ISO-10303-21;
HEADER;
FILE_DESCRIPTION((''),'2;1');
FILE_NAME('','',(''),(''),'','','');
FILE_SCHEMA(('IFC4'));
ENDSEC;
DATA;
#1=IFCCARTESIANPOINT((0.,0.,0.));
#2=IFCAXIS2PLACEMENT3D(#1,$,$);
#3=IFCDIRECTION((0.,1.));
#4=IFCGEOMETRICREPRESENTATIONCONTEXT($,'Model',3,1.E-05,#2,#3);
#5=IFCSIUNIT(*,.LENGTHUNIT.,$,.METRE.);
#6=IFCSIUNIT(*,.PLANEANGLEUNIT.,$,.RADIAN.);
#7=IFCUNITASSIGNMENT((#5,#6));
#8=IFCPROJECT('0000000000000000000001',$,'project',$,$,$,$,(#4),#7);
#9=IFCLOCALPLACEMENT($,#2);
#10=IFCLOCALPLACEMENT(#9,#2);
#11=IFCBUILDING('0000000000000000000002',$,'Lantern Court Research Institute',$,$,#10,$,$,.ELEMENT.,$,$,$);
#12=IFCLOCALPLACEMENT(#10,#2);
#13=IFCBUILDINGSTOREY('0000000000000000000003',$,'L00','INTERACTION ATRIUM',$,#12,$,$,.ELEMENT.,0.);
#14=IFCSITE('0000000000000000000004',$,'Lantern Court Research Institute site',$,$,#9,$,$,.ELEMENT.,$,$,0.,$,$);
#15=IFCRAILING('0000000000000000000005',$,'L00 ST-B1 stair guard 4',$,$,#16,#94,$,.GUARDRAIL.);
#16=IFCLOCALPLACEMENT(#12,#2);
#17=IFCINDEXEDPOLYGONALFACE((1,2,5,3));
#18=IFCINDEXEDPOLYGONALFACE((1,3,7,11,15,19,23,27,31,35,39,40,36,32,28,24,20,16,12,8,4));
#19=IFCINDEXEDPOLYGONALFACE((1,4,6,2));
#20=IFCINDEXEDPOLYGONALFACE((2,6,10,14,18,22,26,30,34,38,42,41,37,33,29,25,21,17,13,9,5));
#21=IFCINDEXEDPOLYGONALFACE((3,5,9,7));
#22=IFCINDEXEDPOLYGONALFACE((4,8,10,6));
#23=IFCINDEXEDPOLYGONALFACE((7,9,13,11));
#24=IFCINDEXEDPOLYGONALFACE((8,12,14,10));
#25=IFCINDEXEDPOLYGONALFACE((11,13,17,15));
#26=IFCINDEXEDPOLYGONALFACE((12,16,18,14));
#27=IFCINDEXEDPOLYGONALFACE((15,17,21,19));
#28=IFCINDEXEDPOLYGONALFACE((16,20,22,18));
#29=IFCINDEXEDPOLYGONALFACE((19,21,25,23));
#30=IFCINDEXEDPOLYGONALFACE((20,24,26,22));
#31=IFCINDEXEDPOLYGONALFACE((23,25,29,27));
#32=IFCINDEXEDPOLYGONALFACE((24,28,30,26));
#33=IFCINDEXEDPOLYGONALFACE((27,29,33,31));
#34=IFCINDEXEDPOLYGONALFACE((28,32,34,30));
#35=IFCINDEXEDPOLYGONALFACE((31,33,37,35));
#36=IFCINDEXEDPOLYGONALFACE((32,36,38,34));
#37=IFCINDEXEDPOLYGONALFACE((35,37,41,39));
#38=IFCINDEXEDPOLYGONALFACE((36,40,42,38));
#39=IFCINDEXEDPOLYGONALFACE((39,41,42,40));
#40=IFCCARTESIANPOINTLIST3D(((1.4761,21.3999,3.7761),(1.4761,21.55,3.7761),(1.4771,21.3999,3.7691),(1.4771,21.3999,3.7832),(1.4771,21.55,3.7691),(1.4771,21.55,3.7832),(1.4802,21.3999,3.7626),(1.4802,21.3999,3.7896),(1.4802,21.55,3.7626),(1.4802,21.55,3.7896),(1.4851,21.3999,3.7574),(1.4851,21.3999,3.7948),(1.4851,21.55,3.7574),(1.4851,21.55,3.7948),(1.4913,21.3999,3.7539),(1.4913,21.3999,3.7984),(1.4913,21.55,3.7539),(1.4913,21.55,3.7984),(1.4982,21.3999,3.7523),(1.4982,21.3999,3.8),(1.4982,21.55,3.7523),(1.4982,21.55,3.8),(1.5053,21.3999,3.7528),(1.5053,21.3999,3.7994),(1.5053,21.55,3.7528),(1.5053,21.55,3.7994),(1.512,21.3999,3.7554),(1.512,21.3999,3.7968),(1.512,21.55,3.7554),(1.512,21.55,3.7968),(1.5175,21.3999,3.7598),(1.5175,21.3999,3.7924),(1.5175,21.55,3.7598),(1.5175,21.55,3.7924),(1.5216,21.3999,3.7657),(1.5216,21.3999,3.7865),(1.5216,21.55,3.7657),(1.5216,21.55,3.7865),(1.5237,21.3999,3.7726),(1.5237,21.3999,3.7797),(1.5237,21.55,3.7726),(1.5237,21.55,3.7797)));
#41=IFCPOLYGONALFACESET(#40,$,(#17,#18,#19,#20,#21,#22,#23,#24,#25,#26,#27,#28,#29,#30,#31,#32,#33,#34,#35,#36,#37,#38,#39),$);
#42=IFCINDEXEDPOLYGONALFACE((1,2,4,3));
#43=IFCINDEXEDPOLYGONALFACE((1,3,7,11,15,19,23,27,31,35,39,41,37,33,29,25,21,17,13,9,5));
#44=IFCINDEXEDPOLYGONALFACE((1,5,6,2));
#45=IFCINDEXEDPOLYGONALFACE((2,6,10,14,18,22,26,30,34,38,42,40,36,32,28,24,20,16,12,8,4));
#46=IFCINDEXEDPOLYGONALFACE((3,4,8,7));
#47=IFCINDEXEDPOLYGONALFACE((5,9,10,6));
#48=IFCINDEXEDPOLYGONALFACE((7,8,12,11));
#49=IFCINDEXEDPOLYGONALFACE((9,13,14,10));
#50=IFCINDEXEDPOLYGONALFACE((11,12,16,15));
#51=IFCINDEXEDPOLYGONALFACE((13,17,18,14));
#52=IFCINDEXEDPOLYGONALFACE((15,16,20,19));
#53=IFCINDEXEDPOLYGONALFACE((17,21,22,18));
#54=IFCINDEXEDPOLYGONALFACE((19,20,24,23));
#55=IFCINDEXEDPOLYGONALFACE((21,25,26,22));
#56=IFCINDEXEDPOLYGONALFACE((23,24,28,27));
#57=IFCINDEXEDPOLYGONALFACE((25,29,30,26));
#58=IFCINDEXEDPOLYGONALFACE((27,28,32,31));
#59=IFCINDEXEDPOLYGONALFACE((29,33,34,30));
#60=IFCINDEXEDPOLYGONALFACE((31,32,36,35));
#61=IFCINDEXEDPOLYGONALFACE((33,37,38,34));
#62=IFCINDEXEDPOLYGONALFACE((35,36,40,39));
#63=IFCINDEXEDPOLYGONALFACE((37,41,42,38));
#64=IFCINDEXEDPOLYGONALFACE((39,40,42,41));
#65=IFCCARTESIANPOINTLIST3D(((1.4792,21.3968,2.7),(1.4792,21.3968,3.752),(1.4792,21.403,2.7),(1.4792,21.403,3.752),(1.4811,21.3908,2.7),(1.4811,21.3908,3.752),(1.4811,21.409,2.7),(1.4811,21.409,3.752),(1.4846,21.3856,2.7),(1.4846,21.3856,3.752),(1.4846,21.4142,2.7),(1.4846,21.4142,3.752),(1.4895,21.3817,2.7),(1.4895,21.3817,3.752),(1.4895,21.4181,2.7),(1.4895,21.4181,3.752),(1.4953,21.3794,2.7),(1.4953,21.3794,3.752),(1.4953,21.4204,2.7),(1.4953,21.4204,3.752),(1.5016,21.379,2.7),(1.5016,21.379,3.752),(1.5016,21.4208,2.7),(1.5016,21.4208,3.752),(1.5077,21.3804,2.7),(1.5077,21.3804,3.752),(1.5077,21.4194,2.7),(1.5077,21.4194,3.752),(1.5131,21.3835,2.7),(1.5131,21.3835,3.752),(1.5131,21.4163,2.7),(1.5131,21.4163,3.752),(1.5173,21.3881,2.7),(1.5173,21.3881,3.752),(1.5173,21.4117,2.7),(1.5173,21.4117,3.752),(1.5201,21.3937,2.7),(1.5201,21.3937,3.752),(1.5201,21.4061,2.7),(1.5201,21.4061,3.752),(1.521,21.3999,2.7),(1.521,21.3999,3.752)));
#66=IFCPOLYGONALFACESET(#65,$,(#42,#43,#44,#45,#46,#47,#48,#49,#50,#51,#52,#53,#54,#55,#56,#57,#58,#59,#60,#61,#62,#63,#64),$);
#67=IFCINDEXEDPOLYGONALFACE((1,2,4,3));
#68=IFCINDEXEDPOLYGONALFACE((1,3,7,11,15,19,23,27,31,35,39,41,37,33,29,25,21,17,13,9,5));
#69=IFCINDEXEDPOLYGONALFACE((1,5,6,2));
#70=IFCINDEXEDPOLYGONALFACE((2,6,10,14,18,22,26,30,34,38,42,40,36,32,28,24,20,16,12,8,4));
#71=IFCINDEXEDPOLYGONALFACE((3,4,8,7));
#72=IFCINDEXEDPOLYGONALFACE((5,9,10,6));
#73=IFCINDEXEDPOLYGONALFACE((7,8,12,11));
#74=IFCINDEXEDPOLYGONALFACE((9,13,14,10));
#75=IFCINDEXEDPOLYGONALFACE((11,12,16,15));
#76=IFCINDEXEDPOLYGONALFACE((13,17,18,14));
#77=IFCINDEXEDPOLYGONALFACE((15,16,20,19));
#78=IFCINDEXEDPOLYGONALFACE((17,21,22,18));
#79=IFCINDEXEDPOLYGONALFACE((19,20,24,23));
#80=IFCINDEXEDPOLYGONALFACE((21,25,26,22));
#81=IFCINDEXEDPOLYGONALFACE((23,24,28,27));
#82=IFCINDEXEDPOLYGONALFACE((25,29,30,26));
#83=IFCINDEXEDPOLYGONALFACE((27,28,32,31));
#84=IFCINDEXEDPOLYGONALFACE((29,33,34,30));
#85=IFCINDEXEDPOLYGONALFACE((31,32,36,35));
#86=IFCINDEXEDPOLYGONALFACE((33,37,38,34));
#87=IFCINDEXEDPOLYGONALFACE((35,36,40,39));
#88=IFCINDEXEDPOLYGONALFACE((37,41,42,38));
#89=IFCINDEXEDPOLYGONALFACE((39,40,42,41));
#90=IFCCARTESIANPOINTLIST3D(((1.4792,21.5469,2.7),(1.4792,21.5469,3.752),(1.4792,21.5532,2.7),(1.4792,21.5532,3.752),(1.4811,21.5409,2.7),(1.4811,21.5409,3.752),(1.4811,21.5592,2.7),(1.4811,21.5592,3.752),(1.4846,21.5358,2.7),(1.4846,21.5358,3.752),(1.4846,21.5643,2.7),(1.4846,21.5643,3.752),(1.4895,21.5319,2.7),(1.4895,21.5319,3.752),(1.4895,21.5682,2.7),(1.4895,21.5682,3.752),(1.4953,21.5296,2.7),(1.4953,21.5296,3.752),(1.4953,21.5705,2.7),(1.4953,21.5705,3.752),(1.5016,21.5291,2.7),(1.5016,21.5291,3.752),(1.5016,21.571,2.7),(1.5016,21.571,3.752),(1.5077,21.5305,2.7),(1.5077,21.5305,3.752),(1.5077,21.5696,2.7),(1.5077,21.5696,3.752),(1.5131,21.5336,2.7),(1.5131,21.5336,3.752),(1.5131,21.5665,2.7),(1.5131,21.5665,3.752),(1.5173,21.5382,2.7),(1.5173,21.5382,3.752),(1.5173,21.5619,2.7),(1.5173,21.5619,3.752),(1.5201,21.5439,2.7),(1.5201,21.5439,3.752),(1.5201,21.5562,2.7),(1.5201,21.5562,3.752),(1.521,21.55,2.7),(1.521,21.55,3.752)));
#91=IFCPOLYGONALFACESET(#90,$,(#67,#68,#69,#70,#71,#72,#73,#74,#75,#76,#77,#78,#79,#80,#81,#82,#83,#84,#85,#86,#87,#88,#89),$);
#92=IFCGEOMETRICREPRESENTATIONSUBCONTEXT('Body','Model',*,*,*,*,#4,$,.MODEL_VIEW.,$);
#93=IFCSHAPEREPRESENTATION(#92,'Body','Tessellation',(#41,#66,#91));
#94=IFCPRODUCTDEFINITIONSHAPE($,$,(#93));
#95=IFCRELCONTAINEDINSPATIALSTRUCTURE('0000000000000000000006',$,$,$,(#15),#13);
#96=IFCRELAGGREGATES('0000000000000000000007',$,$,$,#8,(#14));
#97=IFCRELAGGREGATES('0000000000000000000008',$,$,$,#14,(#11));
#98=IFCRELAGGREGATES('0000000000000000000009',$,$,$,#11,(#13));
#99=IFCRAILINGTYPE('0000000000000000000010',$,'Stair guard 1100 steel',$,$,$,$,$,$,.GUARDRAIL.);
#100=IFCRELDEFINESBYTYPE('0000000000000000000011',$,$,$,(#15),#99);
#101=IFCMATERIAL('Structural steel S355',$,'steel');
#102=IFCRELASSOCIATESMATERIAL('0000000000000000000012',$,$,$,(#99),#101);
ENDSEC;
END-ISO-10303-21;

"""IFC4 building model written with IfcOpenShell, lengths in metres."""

from ifc_helpers import new_model, si_unit, direction, frame, origin, origin_2d, place, context, subcontext, project, spatial, circle, extrude, material, type_object, element, save


model = new_model("IFC4")

# Units and contexts
model_context = context("Model", 3, precision=1e-05, world=origin(), true_north=direction((0.0, 1.0)))
body_context = subcontext(model_context, "Body", "Model", "MODEL_VIEW")
ifc_project = project(units=[si_unit("LENGTHUNIT", "METRE"), si_unit("PLANEANGLEUNIT", "RADIAN")], contexts=[model_context])

# Site, building, storey
site_placement = place(None, origin())
site = spatial("IfcSite", under=ifc_project, at=site_placement, Name="Lantern Court Research Institute site", CompositionType="ELEMENT", RefElevation=0.0)
building_placement = place(site_placement, origin())
building = spatial("IfcBuilding", under=site, at=building_placement, Name="Lantern Court Research Institute", CompositionType="ELEMENT")
storey_placement = place(building_placement, origin())
storey = spatial("IfcBuildingStorey", under=building, at=storey_placement, Name="L00", Description="INTERACTION ATRIUM", CompositionType="ELEMENT", Elevation=0.0)

# Railing
ifc_material_1 = material(Name="Structural steel S355", Category="steel")
railing_type_1 = type_object("IfcRailingType", Name="Stair guard 1100 steel", PredefinedType="GUARDRAIL", material=ifc_material_1)
railing_1_placement = place(storey_placement, frame((1.5, 21.3999, 2.7)))
element("IfcRailing", 1, at=railing_1_placement, inside=storey, type_object=railing_type_1, Name="L00 ST-B1 stair guard 4", PredefinedType="GUARDRAIL", context=body_context, shape_type="SweptSolid", body=[
    extrude(circle(Radius=0.0239, at=origin_2d()), frame((0.0, 0.0, 1.0762), z_axis=(0.0, 1.0, 0.0), x_axis=(-1.0, 0.0, 0.0)), (0.0, 0.0, 1.0), 0.1501),
    extrude(circle(Radius=0.021, at=origin_2d()), origin(), (0.0, 0.0, 1.0), 1.052),
    extrude(circle(Radius=0.021, at=origin_2d()), frame((0.0, 0.1501, 0.0)), (0.0, 0.0, 1.0), 1.052),
])

save(model, "model.ifc")
